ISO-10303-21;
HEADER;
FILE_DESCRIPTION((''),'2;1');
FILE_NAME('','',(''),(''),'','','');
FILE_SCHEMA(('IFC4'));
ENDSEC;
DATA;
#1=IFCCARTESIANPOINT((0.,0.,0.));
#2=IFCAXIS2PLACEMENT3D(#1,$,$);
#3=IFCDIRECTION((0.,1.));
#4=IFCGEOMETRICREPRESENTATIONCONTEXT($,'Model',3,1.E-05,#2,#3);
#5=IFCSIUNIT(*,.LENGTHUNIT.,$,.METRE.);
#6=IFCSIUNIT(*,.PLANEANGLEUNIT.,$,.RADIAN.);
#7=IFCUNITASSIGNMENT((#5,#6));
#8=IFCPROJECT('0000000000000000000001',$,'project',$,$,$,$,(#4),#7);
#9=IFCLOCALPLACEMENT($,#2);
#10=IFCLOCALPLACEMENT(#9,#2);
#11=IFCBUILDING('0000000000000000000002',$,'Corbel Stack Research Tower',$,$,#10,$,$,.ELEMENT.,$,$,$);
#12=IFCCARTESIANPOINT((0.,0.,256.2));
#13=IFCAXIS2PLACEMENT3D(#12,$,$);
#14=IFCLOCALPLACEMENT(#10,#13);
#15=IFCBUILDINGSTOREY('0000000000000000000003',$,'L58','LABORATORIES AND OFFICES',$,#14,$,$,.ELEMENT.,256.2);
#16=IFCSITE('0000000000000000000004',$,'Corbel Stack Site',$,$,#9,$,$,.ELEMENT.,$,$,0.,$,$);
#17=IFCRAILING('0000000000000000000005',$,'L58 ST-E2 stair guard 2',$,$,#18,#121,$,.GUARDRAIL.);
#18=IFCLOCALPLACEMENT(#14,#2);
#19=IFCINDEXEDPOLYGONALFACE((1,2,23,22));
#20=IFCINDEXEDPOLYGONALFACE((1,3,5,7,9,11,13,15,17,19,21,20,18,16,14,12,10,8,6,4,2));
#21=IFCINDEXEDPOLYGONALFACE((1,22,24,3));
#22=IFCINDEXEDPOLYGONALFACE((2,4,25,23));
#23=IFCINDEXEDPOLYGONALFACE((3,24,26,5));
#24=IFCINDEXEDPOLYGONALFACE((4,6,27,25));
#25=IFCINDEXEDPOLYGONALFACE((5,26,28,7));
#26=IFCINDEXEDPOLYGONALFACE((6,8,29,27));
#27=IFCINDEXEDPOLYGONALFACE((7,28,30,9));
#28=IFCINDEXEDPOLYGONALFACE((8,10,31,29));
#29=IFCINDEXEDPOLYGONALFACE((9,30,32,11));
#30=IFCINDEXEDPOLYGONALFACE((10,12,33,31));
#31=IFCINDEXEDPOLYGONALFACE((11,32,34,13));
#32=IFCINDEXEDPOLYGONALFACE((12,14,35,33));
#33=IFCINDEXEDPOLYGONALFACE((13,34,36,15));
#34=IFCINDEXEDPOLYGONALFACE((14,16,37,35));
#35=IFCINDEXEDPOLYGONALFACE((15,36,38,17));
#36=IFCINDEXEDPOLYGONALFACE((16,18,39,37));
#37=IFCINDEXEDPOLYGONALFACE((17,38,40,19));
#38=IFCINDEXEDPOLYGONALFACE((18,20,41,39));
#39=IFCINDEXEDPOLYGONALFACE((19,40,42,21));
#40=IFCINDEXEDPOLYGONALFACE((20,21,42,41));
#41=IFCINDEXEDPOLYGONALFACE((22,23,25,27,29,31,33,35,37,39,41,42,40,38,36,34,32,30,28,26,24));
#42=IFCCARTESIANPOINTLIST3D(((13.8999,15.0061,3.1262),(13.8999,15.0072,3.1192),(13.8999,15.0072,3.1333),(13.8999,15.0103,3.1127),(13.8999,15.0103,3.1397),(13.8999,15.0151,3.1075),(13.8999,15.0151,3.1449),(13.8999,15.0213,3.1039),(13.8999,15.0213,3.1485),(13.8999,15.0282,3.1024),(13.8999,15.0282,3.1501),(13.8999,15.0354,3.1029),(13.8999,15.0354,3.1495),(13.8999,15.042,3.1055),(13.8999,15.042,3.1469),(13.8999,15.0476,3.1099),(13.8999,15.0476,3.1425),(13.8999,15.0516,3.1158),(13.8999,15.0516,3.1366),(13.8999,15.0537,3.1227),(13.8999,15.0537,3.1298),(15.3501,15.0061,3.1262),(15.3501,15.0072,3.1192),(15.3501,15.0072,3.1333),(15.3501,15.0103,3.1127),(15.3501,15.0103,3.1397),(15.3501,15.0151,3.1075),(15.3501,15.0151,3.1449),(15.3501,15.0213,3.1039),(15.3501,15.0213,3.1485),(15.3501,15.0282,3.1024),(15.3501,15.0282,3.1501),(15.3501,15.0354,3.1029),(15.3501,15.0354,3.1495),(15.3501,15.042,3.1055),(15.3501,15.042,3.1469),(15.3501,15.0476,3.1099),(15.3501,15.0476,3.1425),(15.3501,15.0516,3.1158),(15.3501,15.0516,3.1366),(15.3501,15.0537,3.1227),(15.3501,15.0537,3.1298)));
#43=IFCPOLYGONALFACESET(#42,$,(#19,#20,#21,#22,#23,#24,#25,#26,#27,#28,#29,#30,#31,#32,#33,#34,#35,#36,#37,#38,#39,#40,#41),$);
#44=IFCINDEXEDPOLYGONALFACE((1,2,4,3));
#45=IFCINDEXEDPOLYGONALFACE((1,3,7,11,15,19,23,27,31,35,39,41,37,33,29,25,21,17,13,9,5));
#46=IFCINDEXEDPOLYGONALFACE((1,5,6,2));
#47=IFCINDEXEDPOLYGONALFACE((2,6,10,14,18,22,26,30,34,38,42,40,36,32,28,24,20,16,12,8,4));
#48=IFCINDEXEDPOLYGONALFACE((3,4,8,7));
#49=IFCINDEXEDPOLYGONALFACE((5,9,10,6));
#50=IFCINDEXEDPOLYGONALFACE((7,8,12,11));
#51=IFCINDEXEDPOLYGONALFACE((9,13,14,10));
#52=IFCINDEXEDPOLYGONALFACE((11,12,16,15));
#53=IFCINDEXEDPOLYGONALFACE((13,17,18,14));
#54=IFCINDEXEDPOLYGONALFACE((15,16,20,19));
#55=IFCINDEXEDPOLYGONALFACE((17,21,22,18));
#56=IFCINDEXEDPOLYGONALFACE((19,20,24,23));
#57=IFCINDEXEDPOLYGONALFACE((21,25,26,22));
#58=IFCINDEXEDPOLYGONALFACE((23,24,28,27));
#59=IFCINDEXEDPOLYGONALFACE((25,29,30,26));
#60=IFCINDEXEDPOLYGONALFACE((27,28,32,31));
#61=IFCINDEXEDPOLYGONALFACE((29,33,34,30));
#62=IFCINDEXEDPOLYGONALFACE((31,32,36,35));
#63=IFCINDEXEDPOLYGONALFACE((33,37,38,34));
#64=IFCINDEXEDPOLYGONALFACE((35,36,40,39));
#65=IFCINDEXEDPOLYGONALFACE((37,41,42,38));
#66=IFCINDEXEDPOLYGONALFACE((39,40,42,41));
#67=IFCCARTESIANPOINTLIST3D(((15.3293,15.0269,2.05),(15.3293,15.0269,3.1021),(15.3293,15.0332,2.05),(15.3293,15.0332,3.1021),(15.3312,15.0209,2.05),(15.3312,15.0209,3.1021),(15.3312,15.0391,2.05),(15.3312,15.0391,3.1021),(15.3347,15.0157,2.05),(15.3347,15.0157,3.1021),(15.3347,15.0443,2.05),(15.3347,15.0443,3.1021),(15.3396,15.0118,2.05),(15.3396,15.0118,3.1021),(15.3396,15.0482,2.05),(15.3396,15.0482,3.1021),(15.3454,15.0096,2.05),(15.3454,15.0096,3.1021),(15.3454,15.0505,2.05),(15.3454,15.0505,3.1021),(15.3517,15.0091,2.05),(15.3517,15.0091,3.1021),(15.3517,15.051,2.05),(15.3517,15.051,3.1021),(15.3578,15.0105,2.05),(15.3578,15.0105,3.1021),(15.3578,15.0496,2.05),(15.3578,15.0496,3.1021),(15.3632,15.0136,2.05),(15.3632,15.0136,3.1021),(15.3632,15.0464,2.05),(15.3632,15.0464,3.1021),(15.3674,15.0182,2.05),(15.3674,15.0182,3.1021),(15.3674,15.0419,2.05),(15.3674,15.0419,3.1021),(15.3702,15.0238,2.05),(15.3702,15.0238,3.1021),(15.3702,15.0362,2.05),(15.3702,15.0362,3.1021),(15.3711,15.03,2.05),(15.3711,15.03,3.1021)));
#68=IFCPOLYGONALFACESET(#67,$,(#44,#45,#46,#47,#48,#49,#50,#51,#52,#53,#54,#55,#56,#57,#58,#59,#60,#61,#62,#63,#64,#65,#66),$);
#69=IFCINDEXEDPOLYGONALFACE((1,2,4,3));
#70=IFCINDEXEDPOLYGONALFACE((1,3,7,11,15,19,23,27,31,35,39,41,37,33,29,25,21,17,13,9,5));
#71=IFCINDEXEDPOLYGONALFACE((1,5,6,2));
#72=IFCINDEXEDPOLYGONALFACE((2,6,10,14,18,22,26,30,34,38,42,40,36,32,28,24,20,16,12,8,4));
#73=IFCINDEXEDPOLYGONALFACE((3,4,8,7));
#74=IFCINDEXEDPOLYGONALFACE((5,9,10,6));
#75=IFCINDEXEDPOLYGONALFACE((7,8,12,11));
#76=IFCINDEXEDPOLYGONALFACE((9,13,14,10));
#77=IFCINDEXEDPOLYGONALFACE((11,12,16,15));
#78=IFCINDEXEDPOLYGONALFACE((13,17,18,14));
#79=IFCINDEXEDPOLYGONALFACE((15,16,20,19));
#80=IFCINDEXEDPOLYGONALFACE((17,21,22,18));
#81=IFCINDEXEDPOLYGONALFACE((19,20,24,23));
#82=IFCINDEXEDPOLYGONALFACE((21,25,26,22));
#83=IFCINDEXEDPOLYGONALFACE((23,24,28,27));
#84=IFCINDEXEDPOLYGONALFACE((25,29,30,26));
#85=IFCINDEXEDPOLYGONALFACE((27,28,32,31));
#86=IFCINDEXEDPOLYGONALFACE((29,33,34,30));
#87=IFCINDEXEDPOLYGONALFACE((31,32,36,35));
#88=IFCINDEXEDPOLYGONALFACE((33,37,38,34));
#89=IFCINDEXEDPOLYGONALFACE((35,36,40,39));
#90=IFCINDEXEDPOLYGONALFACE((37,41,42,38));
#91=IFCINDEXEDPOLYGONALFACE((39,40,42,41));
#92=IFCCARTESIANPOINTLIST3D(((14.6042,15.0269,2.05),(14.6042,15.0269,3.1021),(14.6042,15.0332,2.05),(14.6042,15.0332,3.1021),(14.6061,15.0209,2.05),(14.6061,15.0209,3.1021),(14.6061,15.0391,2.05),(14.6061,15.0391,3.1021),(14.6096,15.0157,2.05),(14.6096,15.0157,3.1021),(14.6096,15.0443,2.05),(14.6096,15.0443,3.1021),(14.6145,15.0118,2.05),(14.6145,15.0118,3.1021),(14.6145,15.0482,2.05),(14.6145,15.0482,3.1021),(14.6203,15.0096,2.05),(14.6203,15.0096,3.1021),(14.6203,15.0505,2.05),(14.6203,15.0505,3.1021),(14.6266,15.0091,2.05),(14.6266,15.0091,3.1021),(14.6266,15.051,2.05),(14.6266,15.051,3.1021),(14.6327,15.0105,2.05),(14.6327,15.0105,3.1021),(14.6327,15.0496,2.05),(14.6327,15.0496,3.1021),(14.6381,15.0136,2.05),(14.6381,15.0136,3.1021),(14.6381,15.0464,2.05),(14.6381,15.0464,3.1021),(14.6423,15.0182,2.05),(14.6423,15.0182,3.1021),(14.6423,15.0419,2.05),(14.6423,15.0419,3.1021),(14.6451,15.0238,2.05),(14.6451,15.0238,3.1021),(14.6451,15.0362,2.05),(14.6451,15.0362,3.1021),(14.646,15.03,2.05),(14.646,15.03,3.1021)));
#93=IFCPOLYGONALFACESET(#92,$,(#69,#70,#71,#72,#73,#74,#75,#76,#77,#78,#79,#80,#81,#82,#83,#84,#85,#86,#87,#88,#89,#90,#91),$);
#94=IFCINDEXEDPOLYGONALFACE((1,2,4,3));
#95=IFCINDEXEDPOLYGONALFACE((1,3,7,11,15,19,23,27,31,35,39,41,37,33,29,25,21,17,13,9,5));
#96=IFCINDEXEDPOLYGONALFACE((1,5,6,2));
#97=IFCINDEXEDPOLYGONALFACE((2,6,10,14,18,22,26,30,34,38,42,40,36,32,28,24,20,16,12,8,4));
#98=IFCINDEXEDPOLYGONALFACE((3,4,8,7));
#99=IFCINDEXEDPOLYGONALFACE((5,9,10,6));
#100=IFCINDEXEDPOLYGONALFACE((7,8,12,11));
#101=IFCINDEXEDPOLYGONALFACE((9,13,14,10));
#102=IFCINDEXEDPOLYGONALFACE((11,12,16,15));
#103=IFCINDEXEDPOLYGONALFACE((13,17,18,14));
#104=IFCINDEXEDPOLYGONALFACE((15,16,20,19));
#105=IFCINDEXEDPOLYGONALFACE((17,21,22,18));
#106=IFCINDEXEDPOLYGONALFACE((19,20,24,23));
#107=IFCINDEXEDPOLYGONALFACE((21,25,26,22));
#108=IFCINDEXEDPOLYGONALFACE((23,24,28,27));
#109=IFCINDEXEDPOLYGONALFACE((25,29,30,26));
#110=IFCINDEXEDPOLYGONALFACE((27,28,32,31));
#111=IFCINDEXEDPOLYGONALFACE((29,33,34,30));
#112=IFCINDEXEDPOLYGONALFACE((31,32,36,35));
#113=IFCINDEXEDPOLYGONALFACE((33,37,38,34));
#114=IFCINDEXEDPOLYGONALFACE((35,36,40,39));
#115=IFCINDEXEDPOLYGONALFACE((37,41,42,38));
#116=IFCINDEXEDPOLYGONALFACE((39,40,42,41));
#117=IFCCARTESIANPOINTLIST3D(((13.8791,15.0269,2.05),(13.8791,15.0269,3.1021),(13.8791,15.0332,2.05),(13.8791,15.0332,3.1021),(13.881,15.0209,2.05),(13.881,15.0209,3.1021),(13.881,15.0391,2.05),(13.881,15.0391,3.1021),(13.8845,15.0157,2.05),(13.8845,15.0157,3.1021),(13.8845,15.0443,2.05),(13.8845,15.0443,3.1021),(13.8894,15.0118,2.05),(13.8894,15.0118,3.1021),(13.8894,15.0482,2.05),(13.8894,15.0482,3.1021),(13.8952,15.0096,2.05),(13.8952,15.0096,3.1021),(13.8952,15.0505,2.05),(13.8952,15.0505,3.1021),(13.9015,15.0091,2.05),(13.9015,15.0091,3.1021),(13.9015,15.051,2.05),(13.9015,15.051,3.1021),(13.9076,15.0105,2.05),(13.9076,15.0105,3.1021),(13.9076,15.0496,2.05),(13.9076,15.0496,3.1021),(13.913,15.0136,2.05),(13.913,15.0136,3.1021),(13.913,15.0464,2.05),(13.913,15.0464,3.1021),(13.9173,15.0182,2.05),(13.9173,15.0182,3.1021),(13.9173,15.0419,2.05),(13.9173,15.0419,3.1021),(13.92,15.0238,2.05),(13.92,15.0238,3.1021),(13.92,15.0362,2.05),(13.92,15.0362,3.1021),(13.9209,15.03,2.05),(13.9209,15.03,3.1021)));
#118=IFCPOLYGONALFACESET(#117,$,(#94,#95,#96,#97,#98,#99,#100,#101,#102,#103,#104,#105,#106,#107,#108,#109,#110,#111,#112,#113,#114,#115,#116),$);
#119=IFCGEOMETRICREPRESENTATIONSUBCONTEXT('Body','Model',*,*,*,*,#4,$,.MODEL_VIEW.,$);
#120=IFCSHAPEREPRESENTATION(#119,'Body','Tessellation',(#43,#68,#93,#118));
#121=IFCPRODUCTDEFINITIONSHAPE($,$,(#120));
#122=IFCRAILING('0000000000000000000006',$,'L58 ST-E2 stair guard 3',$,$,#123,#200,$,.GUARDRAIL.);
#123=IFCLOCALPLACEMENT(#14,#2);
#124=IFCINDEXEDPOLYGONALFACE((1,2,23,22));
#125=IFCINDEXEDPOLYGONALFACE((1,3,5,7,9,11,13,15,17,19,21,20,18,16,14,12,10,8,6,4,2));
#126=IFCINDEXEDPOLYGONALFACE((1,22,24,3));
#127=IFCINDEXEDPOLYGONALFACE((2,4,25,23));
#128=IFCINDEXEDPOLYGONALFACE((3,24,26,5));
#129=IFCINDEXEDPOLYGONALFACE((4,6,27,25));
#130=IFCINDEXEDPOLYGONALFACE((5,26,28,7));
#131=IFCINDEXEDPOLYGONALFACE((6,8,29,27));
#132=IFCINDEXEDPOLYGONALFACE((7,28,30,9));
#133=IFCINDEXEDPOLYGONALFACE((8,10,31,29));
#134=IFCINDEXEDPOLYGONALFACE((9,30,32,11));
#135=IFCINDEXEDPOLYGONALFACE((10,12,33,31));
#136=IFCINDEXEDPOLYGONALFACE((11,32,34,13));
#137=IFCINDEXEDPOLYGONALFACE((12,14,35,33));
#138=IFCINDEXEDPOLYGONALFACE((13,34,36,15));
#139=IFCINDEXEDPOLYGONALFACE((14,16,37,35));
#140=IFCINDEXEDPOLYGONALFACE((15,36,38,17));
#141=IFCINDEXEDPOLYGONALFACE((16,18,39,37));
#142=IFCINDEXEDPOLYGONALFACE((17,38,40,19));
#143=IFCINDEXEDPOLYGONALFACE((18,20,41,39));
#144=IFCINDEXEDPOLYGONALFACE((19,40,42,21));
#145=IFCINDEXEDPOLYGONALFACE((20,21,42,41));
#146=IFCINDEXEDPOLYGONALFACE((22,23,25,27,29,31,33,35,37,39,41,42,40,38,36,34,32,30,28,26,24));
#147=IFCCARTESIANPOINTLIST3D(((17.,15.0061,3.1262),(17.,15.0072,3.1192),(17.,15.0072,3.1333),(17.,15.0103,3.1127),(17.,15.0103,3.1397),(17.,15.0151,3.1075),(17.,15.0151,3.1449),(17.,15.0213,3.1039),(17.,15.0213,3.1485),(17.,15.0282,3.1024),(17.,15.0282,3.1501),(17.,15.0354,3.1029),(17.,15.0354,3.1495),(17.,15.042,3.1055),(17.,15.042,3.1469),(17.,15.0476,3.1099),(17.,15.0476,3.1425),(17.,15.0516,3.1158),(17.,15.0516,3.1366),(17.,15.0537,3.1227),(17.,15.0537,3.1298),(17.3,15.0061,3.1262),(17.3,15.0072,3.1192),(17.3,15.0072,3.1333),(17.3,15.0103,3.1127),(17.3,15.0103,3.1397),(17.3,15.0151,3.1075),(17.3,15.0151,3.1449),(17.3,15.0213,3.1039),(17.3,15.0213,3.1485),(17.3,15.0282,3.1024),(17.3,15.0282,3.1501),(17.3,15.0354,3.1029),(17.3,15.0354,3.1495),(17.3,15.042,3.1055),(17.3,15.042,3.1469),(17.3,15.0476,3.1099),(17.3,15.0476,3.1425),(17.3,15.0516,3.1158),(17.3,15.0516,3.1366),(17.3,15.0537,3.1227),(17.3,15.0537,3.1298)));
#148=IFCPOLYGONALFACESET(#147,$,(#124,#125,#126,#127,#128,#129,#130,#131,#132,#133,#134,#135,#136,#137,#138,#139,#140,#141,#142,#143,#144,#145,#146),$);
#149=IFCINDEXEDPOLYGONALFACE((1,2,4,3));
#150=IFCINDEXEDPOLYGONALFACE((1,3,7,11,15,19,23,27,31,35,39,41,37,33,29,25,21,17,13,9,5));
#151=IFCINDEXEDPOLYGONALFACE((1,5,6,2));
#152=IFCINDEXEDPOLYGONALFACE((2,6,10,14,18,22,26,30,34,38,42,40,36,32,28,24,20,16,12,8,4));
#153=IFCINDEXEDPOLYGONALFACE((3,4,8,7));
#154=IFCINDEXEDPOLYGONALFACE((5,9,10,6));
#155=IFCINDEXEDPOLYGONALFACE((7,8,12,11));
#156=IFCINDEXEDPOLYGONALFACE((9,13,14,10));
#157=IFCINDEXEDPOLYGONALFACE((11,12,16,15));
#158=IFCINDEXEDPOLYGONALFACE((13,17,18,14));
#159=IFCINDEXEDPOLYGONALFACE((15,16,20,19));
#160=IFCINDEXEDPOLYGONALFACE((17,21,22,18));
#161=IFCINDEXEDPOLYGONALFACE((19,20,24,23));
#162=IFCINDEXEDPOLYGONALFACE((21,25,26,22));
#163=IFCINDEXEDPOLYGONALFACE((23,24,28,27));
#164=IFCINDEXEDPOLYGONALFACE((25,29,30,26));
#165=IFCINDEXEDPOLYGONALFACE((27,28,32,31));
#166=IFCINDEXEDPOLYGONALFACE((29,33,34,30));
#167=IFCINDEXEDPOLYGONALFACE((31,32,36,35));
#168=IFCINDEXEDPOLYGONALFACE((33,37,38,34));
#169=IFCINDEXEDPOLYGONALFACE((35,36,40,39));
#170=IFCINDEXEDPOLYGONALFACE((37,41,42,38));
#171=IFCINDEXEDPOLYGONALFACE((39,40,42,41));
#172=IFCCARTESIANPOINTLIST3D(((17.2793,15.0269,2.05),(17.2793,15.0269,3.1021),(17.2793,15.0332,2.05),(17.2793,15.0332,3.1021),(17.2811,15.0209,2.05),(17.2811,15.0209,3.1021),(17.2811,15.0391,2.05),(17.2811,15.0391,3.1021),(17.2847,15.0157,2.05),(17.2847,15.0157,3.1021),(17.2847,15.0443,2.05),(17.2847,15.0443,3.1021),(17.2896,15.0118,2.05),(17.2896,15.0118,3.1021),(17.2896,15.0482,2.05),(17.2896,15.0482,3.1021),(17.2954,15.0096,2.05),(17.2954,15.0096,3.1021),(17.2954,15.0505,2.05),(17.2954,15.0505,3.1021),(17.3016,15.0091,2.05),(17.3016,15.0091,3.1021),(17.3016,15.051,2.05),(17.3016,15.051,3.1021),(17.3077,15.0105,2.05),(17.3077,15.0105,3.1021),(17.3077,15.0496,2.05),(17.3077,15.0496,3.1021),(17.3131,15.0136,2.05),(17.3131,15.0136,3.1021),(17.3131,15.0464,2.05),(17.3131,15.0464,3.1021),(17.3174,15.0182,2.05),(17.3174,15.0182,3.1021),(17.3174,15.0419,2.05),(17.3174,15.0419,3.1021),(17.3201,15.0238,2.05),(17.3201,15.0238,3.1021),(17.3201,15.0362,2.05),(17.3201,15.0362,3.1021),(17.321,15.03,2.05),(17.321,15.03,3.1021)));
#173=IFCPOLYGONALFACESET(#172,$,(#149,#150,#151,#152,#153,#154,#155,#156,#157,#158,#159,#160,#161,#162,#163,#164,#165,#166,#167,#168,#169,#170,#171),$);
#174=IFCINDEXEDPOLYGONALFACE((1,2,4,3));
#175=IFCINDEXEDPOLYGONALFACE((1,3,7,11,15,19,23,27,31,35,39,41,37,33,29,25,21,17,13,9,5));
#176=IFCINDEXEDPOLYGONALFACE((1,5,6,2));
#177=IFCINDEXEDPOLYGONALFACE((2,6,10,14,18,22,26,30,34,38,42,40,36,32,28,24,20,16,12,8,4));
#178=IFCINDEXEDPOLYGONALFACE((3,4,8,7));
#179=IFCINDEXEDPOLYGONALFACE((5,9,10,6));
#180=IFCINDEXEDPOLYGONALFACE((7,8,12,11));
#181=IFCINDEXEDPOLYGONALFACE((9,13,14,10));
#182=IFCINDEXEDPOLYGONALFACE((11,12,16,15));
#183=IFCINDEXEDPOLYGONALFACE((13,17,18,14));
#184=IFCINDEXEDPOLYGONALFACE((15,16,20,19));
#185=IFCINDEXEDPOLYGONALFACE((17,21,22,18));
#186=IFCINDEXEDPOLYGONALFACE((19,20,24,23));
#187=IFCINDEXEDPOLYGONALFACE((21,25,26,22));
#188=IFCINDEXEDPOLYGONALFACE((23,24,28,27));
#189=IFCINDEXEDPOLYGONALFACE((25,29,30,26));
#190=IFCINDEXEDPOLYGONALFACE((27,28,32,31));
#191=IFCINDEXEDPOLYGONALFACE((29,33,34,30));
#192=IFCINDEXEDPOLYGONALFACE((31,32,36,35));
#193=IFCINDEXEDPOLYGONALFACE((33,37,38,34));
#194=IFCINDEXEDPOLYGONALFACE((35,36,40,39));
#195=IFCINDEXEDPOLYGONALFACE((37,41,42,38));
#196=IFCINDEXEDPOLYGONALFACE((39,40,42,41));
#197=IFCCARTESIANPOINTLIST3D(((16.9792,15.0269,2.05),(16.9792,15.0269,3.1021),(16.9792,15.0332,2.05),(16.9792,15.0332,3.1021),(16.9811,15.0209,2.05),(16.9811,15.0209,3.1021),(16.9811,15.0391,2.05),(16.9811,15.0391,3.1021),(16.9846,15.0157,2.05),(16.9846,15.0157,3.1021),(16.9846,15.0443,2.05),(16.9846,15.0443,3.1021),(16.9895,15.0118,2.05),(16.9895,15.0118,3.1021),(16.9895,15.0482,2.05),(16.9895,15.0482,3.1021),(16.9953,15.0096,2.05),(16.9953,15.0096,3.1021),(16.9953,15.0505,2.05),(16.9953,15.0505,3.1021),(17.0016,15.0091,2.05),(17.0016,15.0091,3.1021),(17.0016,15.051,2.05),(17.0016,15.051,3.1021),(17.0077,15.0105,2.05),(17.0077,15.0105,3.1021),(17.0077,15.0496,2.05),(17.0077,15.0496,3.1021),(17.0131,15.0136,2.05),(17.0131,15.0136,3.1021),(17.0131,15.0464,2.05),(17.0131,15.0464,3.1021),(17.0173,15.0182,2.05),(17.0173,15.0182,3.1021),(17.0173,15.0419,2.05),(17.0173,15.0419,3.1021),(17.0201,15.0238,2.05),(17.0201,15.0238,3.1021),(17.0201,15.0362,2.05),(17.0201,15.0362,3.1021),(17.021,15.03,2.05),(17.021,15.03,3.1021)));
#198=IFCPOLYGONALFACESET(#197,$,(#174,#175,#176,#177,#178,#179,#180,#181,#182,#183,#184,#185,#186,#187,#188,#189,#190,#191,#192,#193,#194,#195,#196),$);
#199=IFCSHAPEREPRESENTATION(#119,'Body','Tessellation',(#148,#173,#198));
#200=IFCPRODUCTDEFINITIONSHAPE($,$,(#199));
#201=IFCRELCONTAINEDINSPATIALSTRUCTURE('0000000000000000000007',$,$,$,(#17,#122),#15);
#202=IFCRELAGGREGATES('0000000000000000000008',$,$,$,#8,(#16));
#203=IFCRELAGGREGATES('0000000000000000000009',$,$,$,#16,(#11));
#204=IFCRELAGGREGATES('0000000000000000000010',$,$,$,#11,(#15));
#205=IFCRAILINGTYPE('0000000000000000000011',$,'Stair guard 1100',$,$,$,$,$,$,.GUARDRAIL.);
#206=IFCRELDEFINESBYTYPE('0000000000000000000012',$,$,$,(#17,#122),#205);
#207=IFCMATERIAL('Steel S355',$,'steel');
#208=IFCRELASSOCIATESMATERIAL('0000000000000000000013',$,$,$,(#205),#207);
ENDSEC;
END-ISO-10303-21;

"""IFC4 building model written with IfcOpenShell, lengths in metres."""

from ifc_helpers import new_model, si_unit, direction, frame, origin, origin_2d, place, context, subcontext, project, spatial, circle, extrude, material, type_object, element, save


model = new_model("IFC4")

# Units and contexts
model_context = context("Model", 3, precision=1e-05, world=origin(), true_north=direction((0.0, 1.0)))
body_context = subcontext(model_context, "Body", "Model", "MODEL_VIEW")
ifc_project = project(units=[si_unit("LENGTHUNIT", "METRE"), si_unit("PLANEANGLEUNIT", "RADIAN")], contexts=[model_context])

# Site, building, storey
site_placement = place(None, origin())
site = spatial("IfcSite", under=ifc_project, at=site_placement, Name="Corbel Stack Site", CompositionType="ELEMENT", RefElevation=0.0)
building_placement = place(site_placement, origin())
building = spatial("IfcBuilding", under=site, at=building_placement, Name="Corbel Stack Research Tower", CompositionType="ELEMENT")
storey_placement = place(building_placement, frame((0.0, 0.0, 256.2)))
storey = spatial("IfcBuildingStorey", under=building, at=storey_placement, Name="L58", Description="LABORATORIES AND OFFICES", CompositionType="ELEMENT", Elevation=256.2)

# Railings
ifc_material_1 = material(Name="Steel S355", Category="steel")
railing_type_1 = type_object("IfcRailingType", Name="Stair guard 1100", PredefinedType="GUARDRAIL", material=ifc_material_1)
railing_1_placement = place(storey_placement, frame((15.3501, 15.03, 2.05)))
element("IfcRailing", 1, at=railing_1_placement, inside=storey, type_object=railing_type_1, Name="L58 ST-E2 stair guard 2", PredefinedType="GUARDRAIL", context=body_context, shape_type="SweptSolid", body=[
    extrude(circle(Radius=0.0239, at=origin_2d()), frame((0.0, 0.0, 1.0762), z_axis=(-1.0, 0.0, 0.0), x_axis=(0.0, -1.0, 0.0)), (0.0, 0.0, 1.0), 1.4502),
    extrude(circle(Radius=0.021, at=origin_2d()), origin(), (0.0, 0.0, 1.0), 1.052),
    extrude(circle(Radius=0.021, at=origin_2d()), frame((-0.7251, 0.0, 0.0)), (0.0, 0.0, 1.0), 1.052),
    extrude(circle(Radius=0.021, at=origin_2d()), frame((-1.4502, 0.0, 0.0)), (0.0, 0.0, 1.0), 1.052),
])
railing_2_placement = place(storey_placement, frame((17.3, 15.03, 2.05)))
element("IfcRailing", 2, at=railing_2_placement, inside=storey, type_object=railing_type_1, Name="L58 ST-E2 stair guard 3", PredefinedType="GUARDRAIL", context=body_context, shape_type="SweptSolid", body=[
    extrude(circle(Radius=0.0239, at=origin_2d()), frame((0.0, 0.0, 1.0762), z_axis=(-1.0, 0.0, 0.0), x_axis=(0.0, -1.0, 0.0)), (0.0, 0.0, 1.0), 0.3),
    extrude(circle(Radius=0.021, at=origin_2d()), origin(), (0.0, 0.0, 1.0), 1.052),
    extrude(circle(Radius=0.021, at=origin_2d()), frame((-0.3, 0.0, 0.0)), (0.0, 0.0, 1.0), 1.052),
])

save(model, "model.ifc")
